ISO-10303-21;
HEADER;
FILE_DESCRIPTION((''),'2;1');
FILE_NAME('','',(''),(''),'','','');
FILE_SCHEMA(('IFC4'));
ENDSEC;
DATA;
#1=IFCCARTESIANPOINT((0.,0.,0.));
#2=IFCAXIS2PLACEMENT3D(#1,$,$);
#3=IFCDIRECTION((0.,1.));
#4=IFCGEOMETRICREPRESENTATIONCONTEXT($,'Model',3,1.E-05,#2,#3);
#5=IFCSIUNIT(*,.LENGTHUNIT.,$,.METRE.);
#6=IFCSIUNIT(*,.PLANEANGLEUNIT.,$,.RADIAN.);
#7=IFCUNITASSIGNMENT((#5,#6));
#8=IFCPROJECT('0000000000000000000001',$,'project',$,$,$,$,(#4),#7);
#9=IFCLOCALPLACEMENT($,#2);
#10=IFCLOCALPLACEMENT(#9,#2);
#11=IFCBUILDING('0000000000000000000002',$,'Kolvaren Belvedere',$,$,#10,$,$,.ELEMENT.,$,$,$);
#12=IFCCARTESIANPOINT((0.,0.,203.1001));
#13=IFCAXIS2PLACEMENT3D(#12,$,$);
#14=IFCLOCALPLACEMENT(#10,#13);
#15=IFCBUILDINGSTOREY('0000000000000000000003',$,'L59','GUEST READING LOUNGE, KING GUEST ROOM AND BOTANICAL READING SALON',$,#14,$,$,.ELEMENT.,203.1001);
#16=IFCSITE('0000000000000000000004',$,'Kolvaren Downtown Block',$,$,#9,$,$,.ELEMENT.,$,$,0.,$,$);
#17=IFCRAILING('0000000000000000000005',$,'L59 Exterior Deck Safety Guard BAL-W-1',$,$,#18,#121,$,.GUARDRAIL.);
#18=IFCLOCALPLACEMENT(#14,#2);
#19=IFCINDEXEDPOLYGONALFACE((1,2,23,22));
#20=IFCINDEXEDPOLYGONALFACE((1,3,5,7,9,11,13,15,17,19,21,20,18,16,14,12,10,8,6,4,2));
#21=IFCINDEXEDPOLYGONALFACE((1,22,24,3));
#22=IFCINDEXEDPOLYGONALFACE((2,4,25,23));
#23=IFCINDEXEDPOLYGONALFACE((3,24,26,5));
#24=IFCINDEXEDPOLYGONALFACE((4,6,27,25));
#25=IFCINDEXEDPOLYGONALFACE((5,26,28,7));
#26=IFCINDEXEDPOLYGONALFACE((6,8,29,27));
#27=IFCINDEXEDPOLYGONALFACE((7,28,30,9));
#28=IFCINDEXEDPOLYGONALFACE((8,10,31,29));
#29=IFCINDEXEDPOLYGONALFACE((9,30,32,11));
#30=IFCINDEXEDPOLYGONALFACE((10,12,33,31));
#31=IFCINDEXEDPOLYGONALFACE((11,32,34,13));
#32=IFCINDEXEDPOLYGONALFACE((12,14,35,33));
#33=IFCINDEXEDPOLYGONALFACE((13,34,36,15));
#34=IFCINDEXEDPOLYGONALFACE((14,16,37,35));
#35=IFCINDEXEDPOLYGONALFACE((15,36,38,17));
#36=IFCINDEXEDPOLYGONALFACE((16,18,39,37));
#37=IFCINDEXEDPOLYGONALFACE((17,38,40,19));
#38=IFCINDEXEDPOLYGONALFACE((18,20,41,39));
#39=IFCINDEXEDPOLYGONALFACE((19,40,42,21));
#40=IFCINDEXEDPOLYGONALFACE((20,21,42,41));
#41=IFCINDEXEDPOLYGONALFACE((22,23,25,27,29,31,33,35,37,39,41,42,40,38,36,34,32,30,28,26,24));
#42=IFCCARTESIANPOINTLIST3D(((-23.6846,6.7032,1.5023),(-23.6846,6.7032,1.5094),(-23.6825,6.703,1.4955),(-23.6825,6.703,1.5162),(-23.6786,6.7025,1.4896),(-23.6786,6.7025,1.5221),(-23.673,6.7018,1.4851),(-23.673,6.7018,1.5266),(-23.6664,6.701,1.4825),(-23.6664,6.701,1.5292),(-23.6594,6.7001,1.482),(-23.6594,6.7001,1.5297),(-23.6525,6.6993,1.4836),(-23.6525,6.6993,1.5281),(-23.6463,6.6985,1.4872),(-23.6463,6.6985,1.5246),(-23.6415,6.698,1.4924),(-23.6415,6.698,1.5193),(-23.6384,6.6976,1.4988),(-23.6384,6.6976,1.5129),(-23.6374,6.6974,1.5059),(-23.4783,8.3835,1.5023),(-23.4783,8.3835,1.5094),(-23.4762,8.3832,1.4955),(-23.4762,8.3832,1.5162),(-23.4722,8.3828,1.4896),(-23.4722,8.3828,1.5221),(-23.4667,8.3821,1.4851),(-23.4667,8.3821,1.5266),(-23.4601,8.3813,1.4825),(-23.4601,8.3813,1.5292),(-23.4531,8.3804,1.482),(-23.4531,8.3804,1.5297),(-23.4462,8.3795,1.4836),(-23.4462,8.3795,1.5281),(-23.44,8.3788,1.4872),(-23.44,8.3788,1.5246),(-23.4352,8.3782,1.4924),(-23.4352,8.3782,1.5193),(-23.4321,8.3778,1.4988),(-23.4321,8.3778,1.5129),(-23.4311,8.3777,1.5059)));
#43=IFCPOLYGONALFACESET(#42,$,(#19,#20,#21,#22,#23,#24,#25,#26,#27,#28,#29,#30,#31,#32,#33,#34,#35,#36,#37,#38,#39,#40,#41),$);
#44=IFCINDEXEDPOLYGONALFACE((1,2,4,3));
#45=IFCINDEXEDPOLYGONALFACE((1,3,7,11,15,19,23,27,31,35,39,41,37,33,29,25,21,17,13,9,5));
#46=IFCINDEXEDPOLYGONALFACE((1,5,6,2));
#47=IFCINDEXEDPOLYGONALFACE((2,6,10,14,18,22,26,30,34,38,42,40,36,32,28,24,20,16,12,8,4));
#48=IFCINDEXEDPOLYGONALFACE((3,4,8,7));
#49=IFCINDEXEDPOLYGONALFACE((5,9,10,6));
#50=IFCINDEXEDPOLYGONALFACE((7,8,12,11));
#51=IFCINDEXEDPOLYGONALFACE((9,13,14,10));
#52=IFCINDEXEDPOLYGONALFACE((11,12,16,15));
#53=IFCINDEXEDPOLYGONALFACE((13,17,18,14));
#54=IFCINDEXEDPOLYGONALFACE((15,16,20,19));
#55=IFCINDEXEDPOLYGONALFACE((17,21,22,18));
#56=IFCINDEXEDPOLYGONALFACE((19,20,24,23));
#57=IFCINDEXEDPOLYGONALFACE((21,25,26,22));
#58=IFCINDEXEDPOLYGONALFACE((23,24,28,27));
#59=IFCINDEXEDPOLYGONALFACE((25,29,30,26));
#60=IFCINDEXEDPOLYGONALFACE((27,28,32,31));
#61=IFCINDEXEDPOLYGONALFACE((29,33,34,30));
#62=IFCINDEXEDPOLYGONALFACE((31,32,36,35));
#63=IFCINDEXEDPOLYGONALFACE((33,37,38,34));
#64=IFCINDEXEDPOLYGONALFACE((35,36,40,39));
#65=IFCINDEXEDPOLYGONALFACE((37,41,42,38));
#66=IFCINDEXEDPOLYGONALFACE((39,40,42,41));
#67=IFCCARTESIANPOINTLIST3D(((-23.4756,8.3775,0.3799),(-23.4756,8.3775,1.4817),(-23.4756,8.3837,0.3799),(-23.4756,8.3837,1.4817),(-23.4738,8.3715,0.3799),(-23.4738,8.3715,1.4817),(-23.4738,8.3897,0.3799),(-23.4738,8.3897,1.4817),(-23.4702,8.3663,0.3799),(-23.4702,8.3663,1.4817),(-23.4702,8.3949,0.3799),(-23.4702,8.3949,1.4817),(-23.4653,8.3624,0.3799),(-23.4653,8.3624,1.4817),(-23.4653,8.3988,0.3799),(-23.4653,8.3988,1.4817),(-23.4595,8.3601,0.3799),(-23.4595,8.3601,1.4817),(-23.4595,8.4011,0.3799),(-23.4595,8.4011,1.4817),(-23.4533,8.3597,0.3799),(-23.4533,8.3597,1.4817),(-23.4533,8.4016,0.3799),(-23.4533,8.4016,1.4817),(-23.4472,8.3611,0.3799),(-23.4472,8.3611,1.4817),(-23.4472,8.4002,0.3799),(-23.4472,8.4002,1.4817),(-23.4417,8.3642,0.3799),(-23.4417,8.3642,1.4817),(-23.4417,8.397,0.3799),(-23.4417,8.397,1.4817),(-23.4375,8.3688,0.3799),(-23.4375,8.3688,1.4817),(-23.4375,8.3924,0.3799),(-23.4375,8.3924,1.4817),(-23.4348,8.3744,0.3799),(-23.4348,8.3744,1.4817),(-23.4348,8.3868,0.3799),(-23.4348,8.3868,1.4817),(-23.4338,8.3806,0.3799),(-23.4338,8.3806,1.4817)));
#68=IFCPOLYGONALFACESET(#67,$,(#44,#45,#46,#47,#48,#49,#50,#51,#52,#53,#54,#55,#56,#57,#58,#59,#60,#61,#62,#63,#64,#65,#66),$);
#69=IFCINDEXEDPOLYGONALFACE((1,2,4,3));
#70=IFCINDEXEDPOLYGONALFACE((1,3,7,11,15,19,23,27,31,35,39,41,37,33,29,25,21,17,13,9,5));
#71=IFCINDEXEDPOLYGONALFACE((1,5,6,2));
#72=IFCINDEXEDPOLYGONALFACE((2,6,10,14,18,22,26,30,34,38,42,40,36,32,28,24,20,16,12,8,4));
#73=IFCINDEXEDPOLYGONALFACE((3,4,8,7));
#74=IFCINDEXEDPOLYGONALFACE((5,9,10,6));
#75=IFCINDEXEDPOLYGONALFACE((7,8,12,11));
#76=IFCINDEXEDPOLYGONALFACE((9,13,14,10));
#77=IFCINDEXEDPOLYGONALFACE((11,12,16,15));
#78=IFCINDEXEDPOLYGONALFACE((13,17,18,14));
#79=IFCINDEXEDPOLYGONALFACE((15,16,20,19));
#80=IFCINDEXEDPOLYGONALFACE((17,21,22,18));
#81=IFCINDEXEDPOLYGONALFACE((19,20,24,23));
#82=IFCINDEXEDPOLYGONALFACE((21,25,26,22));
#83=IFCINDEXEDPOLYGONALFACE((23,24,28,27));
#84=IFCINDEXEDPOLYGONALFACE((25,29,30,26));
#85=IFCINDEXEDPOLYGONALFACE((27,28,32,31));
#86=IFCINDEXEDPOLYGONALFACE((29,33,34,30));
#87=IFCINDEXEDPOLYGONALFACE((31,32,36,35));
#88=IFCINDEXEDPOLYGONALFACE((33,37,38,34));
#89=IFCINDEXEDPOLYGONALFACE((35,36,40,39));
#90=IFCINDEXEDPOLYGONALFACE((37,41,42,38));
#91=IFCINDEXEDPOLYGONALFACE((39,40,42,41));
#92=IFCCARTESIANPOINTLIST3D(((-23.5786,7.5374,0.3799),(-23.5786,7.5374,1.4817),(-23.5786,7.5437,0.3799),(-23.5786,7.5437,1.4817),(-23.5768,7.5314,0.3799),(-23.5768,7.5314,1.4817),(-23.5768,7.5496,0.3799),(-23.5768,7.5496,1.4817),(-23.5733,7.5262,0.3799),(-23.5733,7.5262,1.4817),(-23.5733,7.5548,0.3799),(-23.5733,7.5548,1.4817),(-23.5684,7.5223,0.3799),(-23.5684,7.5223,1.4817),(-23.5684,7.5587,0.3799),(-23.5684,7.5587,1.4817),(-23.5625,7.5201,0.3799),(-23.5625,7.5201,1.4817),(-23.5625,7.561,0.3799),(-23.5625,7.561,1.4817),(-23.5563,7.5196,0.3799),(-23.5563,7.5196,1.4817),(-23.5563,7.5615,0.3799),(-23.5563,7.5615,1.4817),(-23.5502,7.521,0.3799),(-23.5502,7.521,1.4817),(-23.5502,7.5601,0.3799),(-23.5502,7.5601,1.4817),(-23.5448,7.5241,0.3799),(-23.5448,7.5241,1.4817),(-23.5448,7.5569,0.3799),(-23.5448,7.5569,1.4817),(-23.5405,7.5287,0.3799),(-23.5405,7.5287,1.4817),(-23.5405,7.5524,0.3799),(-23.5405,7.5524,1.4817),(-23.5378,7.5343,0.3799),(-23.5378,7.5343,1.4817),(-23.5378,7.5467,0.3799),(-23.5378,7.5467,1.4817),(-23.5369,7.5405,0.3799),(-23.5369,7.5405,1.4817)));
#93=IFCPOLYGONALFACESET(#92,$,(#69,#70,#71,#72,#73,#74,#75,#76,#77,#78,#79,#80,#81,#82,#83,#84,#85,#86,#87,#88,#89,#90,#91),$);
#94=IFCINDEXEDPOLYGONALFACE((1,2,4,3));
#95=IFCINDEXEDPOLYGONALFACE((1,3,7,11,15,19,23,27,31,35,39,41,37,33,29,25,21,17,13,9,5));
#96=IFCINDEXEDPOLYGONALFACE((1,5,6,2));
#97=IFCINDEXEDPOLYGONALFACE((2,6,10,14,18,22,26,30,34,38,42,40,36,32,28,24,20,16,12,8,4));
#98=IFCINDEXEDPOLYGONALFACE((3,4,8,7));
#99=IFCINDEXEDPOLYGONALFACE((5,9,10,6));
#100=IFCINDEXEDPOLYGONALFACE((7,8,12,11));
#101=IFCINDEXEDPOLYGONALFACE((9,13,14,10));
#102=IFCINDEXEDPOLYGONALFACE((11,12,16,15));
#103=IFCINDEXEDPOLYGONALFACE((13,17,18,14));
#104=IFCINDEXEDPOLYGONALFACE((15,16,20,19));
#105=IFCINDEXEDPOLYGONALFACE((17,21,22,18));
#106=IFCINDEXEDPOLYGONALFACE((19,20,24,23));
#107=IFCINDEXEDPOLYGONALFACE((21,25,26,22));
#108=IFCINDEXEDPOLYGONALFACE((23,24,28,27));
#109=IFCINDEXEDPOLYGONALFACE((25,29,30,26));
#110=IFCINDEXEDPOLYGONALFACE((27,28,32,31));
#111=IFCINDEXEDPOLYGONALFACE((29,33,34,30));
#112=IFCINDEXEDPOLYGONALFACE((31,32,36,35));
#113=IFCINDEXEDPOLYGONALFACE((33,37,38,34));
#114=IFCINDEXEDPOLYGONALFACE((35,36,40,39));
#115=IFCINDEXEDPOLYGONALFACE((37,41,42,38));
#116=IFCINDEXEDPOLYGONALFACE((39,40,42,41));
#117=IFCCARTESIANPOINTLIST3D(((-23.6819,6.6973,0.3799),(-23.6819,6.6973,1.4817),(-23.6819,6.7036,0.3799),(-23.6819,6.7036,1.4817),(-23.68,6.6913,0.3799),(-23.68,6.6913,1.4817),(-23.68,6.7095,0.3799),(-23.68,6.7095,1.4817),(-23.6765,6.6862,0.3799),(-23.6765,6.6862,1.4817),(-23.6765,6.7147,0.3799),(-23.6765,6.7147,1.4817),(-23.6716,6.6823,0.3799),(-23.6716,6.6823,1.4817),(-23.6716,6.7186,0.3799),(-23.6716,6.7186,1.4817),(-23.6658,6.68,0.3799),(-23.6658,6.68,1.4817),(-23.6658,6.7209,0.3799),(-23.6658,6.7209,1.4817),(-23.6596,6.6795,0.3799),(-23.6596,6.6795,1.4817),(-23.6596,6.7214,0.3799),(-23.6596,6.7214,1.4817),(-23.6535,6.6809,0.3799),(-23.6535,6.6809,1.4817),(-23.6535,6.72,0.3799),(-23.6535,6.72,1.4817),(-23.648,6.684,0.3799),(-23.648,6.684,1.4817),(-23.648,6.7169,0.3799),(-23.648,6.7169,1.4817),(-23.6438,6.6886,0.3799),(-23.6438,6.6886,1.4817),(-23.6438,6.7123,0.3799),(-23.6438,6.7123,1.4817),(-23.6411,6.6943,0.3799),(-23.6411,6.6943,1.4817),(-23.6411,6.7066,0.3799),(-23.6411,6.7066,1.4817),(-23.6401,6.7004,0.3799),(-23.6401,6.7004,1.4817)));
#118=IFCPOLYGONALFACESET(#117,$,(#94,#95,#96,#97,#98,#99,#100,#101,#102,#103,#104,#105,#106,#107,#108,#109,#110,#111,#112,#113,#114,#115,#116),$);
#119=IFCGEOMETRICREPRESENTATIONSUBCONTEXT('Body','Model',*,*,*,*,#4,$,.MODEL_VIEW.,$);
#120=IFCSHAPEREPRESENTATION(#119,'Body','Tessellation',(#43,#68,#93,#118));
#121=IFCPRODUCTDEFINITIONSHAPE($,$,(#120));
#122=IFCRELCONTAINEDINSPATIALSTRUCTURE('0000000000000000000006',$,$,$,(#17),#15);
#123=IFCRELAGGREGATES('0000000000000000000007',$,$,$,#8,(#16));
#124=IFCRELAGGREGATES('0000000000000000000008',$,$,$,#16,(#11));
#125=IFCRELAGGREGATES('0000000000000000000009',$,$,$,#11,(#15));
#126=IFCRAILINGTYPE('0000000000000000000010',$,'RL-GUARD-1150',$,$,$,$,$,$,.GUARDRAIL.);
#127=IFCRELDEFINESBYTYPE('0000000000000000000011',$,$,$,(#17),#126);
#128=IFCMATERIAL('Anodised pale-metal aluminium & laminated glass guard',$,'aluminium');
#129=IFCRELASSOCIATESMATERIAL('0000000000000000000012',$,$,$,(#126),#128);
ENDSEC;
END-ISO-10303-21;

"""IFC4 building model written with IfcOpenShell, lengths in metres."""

from ifc_helpers import new_model, si_unit, direction, frame, origin, origin_2d, place, context, subcontext, project, spatial, circle, extrude, material, type_object, element, save


model = new_model("IFC4")

# Units and contexts
model_context = context("Model", 3, precision=1e-05, world=origin(), true_north=direction((0.0, 1.0)))
body_context = subcontext(model_context, "Body", "Model", "MODEL_VIEW")
ifc_project = project(units=[si_unit("LENGTHUNIT", "METRE"), si_unit("PLANEANGLEUNIT", "RADIAN")], contexts=[model_context])

# Site, building, storey
site_placement = place(None, origin())
site = spatial("IfcSite", under=ifc_project, at=site_placement, Name="Kolvaren Downtown Block", CompositionType="ELEMENT", RefElevation=0.0)
building_placement = place(site_placement, origin())
building = spatial("IfcBuilding", under=site, at=building_placement, Name="Kolvaren Belvedere", CompositionType="ELEMENT")
storey_placement = place(building_placement, frame((0.0, 0.0, 203.1001)))
storey = spatial("IfcBuildingStorey", under=building, at=storey_placement, Name="L59", Description="GUEST READING LOUNGE, KING GUEST ROOM AND BOTANICAL READING SALON", CompositionType="ELEMENT", Elevation=203.1001)

# Railing
ifc_material_1 = material(Name="Anodised pale-metal aluminium & laminated glass guard", Category="aluminium")
railing_type = type_object("IfcRailingType", Name="RL-GUARD-1150", PredefinedType="GUARDRAIL", material=ifc_material_1)
railing_1_placement = place(storey_placement, frame((-23.4548, 8.3806, 0.3799)))
element("IfcRailing", 1, at=railing_1_placement, inside=storey, type_object=railing_type, Name="L59 Exterior Deck Safety Guard BAL-W-1", PredefinedType="GUARDRAIL", context=body_context, shape_type="SweptSolid", body=[
    extrude(circle(Radius=0.0239, at=origin_2d()), frame((0.0, 0.0, 1.126), z_axis=(-0.121869, -0.992546, 0.0), x_axis=(0.992546, -0.121869, 0.0)), (0.0, 0.0, 1.0), 1.6929),
    extrude(circle(Radius=0.021, at=origin_2d()), origin(), (0.0, 0.0, 1.0), 1.1018),
    extrude(circle(Radius=0.021, at=origin_2d()), frame((-0.103, -0.8401, 0.0)), (0.0, 0.0, 1.0), 1.1018),
    extrude(circle(Radius=0.021, at=origin_2d()), frame((-0.2063, -1.6802, 0.0)), (0.0, 0.0, 1.0), 1.1018),
])

save(model, "model.ifc")
